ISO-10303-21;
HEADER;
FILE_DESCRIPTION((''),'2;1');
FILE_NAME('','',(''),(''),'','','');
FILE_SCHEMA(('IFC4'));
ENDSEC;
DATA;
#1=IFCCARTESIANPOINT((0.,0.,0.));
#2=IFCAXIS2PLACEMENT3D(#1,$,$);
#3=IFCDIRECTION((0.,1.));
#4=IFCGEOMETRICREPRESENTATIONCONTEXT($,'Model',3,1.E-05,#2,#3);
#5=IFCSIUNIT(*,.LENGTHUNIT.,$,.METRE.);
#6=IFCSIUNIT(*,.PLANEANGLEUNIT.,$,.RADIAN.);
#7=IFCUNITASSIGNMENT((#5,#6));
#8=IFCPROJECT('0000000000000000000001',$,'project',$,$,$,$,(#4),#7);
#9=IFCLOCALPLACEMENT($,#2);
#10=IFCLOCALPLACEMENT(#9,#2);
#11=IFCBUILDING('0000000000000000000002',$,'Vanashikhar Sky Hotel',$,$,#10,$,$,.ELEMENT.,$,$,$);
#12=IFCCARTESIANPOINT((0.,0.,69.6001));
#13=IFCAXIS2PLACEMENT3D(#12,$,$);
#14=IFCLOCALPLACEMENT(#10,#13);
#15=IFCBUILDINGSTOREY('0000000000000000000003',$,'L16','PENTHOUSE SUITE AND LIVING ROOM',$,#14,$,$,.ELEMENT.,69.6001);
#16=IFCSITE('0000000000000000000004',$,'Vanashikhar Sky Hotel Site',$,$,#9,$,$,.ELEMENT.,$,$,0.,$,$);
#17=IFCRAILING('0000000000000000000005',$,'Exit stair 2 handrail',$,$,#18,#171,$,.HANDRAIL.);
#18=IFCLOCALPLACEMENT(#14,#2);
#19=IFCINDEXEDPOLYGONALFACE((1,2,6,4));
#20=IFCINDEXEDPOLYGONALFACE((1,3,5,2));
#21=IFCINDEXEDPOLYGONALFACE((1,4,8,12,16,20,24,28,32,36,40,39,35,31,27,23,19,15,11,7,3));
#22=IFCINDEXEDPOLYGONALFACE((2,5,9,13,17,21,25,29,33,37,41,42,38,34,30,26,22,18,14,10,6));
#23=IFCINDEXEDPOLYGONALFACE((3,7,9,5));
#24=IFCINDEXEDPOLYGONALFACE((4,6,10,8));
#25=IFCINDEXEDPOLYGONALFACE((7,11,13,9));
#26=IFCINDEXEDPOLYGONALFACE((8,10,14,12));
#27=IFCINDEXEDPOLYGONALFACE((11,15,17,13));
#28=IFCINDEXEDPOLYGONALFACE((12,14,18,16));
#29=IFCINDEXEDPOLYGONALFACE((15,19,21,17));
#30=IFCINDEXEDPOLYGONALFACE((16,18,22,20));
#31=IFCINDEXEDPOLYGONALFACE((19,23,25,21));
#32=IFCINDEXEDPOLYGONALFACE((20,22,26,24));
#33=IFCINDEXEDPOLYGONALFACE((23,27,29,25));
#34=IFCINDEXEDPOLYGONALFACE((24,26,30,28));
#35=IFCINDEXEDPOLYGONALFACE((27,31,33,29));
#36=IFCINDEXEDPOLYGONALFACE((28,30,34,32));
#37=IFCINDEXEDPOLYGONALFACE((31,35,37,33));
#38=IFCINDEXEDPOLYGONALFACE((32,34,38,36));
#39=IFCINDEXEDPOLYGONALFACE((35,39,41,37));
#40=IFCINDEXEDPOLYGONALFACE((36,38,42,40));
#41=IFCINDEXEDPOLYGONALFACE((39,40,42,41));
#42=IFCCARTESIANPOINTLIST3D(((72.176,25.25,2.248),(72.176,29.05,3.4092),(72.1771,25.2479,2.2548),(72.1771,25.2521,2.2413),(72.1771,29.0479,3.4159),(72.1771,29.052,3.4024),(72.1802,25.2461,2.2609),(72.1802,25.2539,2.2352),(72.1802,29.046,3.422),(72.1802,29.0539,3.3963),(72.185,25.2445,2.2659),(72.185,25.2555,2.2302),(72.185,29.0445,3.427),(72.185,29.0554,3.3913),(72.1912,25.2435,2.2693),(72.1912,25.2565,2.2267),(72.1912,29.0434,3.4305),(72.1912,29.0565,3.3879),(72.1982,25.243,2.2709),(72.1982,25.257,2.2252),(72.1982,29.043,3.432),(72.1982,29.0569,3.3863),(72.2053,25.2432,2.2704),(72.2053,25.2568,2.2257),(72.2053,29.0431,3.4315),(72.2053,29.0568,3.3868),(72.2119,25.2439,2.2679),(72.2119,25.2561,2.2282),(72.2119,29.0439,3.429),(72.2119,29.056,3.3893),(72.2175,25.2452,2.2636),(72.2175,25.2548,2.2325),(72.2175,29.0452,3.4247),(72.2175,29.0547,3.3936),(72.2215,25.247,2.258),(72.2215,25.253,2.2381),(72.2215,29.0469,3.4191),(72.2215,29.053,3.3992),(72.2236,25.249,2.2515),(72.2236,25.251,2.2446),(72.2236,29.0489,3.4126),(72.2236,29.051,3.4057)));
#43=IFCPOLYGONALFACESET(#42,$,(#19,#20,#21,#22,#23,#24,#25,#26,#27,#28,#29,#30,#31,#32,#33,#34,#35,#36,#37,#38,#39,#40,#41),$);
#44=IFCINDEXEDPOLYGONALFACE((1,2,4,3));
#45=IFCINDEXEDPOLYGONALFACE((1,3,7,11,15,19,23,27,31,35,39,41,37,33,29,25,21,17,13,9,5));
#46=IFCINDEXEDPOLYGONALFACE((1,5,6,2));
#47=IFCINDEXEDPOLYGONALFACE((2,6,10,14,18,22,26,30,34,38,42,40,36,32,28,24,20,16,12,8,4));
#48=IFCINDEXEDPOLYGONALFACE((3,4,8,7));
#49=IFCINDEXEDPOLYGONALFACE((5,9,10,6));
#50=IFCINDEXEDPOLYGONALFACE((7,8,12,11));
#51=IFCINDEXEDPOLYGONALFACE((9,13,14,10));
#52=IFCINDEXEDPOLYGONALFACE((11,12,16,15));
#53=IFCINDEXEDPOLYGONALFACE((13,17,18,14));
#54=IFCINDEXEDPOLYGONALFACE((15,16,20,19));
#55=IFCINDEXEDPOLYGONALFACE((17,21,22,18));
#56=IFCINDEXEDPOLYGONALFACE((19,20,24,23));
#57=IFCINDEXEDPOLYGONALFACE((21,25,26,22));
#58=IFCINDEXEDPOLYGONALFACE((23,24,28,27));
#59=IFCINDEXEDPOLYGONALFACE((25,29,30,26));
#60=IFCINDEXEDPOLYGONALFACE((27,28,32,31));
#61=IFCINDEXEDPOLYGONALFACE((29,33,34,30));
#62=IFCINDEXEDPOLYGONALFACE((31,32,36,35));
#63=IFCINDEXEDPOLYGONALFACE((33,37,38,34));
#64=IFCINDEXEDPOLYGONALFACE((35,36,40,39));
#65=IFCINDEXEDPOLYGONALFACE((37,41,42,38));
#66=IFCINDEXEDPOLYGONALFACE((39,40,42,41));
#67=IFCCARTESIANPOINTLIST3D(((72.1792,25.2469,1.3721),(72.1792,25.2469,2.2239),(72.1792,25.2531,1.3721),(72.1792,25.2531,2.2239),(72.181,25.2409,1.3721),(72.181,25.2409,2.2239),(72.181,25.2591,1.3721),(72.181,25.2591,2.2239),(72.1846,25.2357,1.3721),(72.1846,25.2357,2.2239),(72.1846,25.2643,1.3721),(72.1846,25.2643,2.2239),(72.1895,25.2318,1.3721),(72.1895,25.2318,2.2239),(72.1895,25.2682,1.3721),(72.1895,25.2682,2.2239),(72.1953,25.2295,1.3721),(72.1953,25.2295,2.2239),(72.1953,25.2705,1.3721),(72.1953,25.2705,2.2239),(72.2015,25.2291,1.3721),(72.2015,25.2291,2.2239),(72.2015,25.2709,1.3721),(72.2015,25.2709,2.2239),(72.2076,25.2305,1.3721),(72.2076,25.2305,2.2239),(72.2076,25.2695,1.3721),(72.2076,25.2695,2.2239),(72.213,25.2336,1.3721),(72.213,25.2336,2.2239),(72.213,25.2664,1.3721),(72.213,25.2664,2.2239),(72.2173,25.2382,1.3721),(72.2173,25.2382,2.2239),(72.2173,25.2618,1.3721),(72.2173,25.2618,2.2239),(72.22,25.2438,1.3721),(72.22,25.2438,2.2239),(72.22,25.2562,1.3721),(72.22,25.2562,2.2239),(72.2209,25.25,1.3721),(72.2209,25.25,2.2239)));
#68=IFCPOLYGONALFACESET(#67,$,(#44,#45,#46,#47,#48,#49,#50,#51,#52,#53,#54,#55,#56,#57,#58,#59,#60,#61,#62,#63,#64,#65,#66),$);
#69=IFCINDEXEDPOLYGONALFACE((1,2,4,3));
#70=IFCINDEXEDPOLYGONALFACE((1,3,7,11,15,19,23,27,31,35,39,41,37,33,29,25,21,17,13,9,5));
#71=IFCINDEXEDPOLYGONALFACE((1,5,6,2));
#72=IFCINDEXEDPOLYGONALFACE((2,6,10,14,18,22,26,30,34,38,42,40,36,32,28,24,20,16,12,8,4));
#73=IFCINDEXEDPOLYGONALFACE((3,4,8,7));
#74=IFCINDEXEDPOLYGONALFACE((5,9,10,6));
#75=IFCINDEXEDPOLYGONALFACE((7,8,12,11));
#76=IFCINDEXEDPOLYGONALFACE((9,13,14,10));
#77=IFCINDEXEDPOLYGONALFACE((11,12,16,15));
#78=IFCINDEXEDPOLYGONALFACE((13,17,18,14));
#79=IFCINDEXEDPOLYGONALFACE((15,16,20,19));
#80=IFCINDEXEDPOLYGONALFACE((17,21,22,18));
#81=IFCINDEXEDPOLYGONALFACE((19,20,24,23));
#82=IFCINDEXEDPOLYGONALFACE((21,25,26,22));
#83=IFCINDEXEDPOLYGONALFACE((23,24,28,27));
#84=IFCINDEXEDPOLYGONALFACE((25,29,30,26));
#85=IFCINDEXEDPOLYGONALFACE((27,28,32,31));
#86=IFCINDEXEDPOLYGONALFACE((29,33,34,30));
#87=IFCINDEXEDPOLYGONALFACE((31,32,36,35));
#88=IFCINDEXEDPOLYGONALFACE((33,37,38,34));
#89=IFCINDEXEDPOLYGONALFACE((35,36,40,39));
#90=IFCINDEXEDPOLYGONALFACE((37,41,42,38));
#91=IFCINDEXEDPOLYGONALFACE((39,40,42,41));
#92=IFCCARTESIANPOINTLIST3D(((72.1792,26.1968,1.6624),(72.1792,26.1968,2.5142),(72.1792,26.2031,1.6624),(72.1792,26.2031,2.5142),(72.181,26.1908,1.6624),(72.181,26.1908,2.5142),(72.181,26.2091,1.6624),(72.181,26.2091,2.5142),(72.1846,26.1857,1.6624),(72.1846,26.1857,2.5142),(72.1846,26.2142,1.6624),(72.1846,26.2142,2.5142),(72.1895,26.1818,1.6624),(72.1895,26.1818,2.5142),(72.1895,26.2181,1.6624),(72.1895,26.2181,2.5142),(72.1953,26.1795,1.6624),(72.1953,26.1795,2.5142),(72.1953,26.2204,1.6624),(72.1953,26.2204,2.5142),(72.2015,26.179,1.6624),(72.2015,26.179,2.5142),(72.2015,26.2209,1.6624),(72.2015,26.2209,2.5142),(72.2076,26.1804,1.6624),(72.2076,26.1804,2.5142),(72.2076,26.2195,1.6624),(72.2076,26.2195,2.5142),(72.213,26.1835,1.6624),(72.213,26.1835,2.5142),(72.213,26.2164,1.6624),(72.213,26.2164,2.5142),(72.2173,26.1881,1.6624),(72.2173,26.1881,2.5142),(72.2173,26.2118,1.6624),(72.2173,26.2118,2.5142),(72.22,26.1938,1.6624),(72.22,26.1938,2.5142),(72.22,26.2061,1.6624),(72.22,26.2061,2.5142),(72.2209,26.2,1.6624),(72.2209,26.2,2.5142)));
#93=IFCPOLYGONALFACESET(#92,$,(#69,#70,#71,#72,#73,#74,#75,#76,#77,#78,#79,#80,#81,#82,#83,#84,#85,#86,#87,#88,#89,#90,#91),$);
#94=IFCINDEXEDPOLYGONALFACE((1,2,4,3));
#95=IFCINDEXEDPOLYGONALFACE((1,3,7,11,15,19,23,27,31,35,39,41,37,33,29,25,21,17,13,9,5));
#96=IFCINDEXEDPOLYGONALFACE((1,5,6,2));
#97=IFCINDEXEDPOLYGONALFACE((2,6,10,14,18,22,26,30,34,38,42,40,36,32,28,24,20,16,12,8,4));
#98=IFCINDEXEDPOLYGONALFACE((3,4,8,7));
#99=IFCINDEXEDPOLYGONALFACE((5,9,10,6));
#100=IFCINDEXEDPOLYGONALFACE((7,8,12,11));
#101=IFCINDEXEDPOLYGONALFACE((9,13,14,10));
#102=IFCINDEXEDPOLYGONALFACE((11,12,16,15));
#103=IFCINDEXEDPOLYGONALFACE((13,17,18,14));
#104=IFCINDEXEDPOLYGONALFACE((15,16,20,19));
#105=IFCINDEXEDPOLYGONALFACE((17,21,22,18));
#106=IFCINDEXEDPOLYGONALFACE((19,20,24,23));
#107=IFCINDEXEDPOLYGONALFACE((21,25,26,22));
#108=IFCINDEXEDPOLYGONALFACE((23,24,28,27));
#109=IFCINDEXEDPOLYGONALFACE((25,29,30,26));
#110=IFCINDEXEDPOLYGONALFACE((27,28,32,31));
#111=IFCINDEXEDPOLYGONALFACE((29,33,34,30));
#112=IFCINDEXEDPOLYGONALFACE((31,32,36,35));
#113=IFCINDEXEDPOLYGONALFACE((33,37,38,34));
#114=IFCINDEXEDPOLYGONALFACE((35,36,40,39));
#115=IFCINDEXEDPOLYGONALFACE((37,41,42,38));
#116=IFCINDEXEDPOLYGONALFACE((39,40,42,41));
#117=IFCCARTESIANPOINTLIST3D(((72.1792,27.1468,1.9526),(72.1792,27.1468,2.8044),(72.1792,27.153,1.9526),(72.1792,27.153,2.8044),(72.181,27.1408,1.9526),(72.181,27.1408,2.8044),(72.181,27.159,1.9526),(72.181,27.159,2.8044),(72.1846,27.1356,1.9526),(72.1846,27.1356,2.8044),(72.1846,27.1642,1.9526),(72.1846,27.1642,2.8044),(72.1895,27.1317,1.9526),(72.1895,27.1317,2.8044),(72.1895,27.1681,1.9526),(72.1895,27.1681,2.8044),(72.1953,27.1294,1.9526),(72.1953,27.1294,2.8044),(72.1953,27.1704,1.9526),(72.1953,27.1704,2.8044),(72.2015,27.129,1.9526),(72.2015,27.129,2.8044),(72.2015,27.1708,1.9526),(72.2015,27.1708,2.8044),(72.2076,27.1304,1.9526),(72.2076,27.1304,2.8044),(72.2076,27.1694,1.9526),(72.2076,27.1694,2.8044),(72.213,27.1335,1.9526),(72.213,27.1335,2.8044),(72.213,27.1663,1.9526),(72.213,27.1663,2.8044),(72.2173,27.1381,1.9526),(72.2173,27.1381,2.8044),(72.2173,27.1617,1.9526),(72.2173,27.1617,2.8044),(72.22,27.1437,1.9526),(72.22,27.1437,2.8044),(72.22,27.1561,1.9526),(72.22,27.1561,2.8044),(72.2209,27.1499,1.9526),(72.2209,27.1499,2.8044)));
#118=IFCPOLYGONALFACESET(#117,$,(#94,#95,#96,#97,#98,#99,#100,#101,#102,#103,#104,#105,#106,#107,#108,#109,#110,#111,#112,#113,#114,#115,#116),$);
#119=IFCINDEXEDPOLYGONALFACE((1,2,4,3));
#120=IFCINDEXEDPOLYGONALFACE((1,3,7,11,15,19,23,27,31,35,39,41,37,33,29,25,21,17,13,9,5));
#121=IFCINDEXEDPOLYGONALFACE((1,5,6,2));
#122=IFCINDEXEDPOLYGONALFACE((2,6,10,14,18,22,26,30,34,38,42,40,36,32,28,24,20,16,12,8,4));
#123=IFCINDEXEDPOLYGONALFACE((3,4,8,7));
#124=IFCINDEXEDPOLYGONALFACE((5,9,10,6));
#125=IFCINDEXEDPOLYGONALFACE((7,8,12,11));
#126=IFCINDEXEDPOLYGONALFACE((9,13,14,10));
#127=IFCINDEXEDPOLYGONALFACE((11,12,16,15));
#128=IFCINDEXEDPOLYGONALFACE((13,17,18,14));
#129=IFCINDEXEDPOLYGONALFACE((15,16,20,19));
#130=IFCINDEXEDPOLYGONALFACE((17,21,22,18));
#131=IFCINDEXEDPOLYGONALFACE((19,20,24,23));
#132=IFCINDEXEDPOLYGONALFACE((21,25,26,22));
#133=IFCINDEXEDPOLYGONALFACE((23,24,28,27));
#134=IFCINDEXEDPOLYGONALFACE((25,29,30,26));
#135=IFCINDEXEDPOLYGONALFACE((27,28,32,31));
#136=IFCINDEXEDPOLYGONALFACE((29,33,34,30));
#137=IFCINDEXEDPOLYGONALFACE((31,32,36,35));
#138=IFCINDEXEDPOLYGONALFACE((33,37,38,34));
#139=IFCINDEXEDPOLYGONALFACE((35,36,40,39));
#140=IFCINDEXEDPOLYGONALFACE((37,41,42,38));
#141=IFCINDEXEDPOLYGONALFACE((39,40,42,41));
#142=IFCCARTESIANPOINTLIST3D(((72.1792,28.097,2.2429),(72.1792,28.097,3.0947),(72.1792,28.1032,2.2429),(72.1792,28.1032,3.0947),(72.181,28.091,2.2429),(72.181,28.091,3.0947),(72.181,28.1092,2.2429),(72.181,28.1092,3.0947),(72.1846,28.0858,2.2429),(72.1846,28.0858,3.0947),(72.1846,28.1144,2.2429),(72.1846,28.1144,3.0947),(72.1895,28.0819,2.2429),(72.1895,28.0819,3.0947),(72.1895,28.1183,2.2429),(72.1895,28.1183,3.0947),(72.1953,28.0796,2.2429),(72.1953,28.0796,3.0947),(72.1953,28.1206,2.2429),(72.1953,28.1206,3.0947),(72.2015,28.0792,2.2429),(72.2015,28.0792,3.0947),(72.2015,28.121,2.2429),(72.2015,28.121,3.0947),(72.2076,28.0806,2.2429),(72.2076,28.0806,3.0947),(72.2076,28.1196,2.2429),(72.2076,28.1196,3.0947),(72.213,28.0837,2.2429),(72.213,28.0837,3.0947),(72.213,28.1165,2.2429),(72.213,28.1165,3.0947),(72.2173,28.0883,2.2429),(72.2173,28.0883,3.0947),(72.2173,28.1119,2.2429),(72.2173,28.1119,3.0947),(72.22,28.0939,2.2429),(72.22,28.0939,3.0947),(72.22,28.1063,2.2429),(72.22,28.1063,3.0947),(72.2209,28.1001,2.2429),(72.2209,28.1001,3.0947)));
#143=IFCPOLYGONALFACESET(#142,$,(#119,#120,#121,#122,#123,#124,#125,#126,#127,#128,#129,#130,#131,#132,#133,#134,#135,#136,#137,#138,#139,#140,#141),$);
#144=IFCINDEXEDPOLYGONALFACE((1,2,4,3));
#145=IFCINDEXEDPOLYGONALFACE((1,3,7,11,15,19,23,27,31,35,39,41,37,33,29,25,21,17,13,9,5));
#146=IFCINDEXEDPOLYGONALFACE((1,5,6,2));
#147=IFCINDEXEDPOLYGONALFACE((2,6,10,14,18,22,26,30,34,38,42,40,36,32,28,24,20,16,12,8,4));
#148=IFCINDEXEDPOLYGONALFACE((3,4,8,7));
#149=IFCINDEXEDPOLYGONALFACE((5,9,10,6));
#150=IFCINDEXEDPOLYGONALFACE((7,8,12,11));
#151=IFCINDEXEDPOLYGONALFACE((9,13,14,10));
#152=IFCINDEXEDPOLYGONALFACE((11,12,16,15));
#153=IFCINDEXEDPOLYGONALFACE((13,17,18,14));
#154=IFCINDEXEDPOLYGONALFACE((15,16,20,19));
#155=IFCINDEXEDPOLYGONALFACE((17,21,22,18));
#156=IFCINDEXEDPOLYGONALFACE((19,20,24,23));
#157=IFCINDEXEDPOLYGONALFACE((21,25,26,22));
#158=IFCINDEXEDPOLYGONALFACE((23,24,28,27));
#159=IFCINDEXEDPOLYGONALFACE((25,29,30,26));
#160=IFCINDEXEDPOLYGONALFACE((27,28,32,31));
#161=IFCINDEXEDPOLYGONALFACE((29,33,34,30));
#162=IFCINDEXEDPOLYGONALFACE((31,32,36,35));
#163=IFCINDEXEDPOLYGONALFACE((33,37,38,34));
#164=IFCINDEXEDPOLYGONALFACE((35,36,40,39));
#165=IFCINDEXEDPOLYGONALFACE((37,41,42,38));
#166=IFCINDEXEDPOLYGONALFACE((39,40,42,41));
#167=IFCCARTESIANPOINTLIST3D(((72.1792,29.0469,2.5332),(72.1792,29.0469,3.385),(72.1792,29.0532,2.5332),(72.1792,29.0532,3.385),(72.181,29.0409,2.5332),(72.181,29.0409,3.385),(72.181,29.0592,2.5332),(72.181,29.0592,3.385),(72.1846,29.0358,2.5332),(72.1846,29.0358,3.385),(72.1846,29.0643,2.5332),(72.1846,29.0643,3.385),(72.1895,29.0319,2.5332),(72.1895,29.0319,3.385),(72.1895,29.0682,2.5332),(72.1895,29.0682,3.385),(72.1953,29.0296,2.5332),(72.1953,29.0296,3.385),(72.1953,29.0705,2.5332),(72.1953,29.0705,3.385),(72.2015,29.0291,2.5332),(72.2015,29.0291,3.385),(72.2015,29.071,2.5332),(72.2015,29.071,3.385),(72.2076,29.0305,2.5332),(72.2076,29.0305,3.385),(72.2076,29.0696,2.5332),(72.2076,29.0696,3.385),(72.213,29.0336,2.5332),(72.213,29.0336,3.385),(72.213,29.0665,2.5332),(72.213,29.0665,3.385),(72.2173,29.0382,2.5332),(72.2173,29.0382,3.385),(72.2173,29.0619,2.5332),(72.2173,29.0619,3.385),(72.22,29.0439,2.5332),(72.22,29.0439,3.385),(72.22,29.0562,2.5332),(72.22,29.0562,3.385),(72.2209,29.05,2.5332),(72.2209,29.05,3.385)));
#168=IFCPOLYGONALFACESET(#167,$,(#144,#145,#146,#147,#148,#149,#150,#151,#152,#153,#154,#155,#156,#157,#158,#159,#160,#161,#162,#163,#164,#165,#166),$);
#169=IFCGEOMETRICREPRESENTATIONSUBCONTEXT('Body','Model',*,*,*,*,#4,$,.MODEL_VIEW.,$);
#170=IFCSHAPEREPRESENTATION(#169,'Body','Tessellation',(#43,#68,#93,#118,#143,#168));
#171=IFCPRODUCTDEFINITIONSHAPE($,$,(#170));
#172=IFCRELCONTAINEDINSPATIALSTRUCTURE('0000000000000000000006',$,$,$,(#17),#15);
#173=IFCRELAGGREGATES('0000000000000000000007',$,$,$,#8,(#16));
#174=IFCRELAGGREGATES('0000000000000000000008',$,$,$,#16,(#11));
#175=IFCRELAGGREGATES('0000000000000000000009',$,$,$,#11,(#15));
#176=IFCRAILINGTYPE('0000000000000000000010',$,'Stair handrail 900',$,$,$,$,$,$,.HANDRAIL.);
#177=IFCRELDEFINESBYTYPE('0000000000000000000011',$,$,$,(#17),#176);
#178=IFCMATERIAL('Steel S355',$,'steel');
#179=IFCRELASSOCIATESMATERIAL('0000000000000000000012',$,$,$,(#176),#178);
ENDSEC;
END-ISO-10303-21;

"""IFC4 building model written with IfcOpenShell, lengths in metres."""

from ifc_helpers import new_model, si_unit, direction, frame, origin, origin_2d, place, context, subcontext, project, spatial, circle, extrude, source, transform, mapped, material, type_object, element, save


model = new_model("IFC4")

# Units and contexts
model_context = context("Model", 3, precision=1e-05, world=origin(), true_north=direction((0.0, 1.0)))
body_context = subcontext(model_context, "Body", "Model", "MODEL_VIEW")
ifc_project = project(units=[si_unit("LENGTHUNIT", "METRE"), si_unit("PLANEANGLEUNIT", "RADIAN")], contexts=[model_context])

# Site, building, storey
site_placement = place(None, origin())
site = spatial("IfcSite", under=ifc_project, at=site_placement, Name="Vanashikhar Sky Hotel Site", CompositionType="ELEMENT", RefElevation=0.0)
building_placement = place(site_placement, origin())
building = spatial("IfcBuilding", under=site, at=building_placement, Name="Vanashikhar Sky Hotel", CompositionType="ELEMENT")
storey_placement = place(building_placement, frame((0.0, 0.0, 69.6001)))
storey = spatial("IfcBuildingStorey", under=building, at=storey_placement, Name="L16", Description="PENTHOUSE SUITE AND LIVING ROOM", CompositionType="ELEMENT", Elevation=69.6001)

# Railing
ifc_material_1 = material(Name="Steel S355", Category="steel")
railing_type_1 = type_object("IfcRailingType", Name="Stair handrail 900", PredefinedType="HANDRAIL", material=ifc_material_1)
shared_shape_1 = source(origin(), body_context, "Body", "SweptSolid", [
    extrude(circle(Radius=0.0239, at=origin_2d()), frame((0.0, 0.0, 0.876), z_axis=(0.0, 0.956351, 0.29222), x_axis=(-1.0, 0.0, 0.0)), (0.0, 0.0, 1.0), 3.9734),
    extrude(circle(Radius=0.021, at=origin_2d()), origin(), (0.0, 0.0, 1.0), 0.8518),
    extrude(circle(Radius=0.021, at=origin_2d()), frame((0.0, 0.95, 0.2903)), (0.0, 0.0, 1.0), 0.8518),
    extrude(circle(Radius=0.021, at=origin_2d()), frame((0.0, 1.8999, 0.5806)), (0.0, 0.0, 1.0), 0.8518),
    extrude(circle(Radius=0.021, at=origin_2d()), frame((0.0, 2.8501, 0.8708)), (0.0, 0.0, 1.0), 0.8518),
    extrude(circle(Radius=0.021, at=origin_2d()), frame((0.0, 3.8, 1.1611)), (0.0, 0.0, 1.0), 0.8518),
])
for number, where, name in (
    (1, (72.2, 25.25, 1.3721), "Exit stair 2 handrail"),
):
    element("IfcRailing", number, at=place(storey_placement, frame(where)), inside=storey, type_object=railing_type_1, Name=name, PredefinedType="HANDRAIL", context=body_context, shape_type="MappedRepresentation", body=[
        mapped(shared_shape_1, transform((0.0, 0.0, 0.0), scale=1.0)),
    ])

save(model, "model.ifc")
